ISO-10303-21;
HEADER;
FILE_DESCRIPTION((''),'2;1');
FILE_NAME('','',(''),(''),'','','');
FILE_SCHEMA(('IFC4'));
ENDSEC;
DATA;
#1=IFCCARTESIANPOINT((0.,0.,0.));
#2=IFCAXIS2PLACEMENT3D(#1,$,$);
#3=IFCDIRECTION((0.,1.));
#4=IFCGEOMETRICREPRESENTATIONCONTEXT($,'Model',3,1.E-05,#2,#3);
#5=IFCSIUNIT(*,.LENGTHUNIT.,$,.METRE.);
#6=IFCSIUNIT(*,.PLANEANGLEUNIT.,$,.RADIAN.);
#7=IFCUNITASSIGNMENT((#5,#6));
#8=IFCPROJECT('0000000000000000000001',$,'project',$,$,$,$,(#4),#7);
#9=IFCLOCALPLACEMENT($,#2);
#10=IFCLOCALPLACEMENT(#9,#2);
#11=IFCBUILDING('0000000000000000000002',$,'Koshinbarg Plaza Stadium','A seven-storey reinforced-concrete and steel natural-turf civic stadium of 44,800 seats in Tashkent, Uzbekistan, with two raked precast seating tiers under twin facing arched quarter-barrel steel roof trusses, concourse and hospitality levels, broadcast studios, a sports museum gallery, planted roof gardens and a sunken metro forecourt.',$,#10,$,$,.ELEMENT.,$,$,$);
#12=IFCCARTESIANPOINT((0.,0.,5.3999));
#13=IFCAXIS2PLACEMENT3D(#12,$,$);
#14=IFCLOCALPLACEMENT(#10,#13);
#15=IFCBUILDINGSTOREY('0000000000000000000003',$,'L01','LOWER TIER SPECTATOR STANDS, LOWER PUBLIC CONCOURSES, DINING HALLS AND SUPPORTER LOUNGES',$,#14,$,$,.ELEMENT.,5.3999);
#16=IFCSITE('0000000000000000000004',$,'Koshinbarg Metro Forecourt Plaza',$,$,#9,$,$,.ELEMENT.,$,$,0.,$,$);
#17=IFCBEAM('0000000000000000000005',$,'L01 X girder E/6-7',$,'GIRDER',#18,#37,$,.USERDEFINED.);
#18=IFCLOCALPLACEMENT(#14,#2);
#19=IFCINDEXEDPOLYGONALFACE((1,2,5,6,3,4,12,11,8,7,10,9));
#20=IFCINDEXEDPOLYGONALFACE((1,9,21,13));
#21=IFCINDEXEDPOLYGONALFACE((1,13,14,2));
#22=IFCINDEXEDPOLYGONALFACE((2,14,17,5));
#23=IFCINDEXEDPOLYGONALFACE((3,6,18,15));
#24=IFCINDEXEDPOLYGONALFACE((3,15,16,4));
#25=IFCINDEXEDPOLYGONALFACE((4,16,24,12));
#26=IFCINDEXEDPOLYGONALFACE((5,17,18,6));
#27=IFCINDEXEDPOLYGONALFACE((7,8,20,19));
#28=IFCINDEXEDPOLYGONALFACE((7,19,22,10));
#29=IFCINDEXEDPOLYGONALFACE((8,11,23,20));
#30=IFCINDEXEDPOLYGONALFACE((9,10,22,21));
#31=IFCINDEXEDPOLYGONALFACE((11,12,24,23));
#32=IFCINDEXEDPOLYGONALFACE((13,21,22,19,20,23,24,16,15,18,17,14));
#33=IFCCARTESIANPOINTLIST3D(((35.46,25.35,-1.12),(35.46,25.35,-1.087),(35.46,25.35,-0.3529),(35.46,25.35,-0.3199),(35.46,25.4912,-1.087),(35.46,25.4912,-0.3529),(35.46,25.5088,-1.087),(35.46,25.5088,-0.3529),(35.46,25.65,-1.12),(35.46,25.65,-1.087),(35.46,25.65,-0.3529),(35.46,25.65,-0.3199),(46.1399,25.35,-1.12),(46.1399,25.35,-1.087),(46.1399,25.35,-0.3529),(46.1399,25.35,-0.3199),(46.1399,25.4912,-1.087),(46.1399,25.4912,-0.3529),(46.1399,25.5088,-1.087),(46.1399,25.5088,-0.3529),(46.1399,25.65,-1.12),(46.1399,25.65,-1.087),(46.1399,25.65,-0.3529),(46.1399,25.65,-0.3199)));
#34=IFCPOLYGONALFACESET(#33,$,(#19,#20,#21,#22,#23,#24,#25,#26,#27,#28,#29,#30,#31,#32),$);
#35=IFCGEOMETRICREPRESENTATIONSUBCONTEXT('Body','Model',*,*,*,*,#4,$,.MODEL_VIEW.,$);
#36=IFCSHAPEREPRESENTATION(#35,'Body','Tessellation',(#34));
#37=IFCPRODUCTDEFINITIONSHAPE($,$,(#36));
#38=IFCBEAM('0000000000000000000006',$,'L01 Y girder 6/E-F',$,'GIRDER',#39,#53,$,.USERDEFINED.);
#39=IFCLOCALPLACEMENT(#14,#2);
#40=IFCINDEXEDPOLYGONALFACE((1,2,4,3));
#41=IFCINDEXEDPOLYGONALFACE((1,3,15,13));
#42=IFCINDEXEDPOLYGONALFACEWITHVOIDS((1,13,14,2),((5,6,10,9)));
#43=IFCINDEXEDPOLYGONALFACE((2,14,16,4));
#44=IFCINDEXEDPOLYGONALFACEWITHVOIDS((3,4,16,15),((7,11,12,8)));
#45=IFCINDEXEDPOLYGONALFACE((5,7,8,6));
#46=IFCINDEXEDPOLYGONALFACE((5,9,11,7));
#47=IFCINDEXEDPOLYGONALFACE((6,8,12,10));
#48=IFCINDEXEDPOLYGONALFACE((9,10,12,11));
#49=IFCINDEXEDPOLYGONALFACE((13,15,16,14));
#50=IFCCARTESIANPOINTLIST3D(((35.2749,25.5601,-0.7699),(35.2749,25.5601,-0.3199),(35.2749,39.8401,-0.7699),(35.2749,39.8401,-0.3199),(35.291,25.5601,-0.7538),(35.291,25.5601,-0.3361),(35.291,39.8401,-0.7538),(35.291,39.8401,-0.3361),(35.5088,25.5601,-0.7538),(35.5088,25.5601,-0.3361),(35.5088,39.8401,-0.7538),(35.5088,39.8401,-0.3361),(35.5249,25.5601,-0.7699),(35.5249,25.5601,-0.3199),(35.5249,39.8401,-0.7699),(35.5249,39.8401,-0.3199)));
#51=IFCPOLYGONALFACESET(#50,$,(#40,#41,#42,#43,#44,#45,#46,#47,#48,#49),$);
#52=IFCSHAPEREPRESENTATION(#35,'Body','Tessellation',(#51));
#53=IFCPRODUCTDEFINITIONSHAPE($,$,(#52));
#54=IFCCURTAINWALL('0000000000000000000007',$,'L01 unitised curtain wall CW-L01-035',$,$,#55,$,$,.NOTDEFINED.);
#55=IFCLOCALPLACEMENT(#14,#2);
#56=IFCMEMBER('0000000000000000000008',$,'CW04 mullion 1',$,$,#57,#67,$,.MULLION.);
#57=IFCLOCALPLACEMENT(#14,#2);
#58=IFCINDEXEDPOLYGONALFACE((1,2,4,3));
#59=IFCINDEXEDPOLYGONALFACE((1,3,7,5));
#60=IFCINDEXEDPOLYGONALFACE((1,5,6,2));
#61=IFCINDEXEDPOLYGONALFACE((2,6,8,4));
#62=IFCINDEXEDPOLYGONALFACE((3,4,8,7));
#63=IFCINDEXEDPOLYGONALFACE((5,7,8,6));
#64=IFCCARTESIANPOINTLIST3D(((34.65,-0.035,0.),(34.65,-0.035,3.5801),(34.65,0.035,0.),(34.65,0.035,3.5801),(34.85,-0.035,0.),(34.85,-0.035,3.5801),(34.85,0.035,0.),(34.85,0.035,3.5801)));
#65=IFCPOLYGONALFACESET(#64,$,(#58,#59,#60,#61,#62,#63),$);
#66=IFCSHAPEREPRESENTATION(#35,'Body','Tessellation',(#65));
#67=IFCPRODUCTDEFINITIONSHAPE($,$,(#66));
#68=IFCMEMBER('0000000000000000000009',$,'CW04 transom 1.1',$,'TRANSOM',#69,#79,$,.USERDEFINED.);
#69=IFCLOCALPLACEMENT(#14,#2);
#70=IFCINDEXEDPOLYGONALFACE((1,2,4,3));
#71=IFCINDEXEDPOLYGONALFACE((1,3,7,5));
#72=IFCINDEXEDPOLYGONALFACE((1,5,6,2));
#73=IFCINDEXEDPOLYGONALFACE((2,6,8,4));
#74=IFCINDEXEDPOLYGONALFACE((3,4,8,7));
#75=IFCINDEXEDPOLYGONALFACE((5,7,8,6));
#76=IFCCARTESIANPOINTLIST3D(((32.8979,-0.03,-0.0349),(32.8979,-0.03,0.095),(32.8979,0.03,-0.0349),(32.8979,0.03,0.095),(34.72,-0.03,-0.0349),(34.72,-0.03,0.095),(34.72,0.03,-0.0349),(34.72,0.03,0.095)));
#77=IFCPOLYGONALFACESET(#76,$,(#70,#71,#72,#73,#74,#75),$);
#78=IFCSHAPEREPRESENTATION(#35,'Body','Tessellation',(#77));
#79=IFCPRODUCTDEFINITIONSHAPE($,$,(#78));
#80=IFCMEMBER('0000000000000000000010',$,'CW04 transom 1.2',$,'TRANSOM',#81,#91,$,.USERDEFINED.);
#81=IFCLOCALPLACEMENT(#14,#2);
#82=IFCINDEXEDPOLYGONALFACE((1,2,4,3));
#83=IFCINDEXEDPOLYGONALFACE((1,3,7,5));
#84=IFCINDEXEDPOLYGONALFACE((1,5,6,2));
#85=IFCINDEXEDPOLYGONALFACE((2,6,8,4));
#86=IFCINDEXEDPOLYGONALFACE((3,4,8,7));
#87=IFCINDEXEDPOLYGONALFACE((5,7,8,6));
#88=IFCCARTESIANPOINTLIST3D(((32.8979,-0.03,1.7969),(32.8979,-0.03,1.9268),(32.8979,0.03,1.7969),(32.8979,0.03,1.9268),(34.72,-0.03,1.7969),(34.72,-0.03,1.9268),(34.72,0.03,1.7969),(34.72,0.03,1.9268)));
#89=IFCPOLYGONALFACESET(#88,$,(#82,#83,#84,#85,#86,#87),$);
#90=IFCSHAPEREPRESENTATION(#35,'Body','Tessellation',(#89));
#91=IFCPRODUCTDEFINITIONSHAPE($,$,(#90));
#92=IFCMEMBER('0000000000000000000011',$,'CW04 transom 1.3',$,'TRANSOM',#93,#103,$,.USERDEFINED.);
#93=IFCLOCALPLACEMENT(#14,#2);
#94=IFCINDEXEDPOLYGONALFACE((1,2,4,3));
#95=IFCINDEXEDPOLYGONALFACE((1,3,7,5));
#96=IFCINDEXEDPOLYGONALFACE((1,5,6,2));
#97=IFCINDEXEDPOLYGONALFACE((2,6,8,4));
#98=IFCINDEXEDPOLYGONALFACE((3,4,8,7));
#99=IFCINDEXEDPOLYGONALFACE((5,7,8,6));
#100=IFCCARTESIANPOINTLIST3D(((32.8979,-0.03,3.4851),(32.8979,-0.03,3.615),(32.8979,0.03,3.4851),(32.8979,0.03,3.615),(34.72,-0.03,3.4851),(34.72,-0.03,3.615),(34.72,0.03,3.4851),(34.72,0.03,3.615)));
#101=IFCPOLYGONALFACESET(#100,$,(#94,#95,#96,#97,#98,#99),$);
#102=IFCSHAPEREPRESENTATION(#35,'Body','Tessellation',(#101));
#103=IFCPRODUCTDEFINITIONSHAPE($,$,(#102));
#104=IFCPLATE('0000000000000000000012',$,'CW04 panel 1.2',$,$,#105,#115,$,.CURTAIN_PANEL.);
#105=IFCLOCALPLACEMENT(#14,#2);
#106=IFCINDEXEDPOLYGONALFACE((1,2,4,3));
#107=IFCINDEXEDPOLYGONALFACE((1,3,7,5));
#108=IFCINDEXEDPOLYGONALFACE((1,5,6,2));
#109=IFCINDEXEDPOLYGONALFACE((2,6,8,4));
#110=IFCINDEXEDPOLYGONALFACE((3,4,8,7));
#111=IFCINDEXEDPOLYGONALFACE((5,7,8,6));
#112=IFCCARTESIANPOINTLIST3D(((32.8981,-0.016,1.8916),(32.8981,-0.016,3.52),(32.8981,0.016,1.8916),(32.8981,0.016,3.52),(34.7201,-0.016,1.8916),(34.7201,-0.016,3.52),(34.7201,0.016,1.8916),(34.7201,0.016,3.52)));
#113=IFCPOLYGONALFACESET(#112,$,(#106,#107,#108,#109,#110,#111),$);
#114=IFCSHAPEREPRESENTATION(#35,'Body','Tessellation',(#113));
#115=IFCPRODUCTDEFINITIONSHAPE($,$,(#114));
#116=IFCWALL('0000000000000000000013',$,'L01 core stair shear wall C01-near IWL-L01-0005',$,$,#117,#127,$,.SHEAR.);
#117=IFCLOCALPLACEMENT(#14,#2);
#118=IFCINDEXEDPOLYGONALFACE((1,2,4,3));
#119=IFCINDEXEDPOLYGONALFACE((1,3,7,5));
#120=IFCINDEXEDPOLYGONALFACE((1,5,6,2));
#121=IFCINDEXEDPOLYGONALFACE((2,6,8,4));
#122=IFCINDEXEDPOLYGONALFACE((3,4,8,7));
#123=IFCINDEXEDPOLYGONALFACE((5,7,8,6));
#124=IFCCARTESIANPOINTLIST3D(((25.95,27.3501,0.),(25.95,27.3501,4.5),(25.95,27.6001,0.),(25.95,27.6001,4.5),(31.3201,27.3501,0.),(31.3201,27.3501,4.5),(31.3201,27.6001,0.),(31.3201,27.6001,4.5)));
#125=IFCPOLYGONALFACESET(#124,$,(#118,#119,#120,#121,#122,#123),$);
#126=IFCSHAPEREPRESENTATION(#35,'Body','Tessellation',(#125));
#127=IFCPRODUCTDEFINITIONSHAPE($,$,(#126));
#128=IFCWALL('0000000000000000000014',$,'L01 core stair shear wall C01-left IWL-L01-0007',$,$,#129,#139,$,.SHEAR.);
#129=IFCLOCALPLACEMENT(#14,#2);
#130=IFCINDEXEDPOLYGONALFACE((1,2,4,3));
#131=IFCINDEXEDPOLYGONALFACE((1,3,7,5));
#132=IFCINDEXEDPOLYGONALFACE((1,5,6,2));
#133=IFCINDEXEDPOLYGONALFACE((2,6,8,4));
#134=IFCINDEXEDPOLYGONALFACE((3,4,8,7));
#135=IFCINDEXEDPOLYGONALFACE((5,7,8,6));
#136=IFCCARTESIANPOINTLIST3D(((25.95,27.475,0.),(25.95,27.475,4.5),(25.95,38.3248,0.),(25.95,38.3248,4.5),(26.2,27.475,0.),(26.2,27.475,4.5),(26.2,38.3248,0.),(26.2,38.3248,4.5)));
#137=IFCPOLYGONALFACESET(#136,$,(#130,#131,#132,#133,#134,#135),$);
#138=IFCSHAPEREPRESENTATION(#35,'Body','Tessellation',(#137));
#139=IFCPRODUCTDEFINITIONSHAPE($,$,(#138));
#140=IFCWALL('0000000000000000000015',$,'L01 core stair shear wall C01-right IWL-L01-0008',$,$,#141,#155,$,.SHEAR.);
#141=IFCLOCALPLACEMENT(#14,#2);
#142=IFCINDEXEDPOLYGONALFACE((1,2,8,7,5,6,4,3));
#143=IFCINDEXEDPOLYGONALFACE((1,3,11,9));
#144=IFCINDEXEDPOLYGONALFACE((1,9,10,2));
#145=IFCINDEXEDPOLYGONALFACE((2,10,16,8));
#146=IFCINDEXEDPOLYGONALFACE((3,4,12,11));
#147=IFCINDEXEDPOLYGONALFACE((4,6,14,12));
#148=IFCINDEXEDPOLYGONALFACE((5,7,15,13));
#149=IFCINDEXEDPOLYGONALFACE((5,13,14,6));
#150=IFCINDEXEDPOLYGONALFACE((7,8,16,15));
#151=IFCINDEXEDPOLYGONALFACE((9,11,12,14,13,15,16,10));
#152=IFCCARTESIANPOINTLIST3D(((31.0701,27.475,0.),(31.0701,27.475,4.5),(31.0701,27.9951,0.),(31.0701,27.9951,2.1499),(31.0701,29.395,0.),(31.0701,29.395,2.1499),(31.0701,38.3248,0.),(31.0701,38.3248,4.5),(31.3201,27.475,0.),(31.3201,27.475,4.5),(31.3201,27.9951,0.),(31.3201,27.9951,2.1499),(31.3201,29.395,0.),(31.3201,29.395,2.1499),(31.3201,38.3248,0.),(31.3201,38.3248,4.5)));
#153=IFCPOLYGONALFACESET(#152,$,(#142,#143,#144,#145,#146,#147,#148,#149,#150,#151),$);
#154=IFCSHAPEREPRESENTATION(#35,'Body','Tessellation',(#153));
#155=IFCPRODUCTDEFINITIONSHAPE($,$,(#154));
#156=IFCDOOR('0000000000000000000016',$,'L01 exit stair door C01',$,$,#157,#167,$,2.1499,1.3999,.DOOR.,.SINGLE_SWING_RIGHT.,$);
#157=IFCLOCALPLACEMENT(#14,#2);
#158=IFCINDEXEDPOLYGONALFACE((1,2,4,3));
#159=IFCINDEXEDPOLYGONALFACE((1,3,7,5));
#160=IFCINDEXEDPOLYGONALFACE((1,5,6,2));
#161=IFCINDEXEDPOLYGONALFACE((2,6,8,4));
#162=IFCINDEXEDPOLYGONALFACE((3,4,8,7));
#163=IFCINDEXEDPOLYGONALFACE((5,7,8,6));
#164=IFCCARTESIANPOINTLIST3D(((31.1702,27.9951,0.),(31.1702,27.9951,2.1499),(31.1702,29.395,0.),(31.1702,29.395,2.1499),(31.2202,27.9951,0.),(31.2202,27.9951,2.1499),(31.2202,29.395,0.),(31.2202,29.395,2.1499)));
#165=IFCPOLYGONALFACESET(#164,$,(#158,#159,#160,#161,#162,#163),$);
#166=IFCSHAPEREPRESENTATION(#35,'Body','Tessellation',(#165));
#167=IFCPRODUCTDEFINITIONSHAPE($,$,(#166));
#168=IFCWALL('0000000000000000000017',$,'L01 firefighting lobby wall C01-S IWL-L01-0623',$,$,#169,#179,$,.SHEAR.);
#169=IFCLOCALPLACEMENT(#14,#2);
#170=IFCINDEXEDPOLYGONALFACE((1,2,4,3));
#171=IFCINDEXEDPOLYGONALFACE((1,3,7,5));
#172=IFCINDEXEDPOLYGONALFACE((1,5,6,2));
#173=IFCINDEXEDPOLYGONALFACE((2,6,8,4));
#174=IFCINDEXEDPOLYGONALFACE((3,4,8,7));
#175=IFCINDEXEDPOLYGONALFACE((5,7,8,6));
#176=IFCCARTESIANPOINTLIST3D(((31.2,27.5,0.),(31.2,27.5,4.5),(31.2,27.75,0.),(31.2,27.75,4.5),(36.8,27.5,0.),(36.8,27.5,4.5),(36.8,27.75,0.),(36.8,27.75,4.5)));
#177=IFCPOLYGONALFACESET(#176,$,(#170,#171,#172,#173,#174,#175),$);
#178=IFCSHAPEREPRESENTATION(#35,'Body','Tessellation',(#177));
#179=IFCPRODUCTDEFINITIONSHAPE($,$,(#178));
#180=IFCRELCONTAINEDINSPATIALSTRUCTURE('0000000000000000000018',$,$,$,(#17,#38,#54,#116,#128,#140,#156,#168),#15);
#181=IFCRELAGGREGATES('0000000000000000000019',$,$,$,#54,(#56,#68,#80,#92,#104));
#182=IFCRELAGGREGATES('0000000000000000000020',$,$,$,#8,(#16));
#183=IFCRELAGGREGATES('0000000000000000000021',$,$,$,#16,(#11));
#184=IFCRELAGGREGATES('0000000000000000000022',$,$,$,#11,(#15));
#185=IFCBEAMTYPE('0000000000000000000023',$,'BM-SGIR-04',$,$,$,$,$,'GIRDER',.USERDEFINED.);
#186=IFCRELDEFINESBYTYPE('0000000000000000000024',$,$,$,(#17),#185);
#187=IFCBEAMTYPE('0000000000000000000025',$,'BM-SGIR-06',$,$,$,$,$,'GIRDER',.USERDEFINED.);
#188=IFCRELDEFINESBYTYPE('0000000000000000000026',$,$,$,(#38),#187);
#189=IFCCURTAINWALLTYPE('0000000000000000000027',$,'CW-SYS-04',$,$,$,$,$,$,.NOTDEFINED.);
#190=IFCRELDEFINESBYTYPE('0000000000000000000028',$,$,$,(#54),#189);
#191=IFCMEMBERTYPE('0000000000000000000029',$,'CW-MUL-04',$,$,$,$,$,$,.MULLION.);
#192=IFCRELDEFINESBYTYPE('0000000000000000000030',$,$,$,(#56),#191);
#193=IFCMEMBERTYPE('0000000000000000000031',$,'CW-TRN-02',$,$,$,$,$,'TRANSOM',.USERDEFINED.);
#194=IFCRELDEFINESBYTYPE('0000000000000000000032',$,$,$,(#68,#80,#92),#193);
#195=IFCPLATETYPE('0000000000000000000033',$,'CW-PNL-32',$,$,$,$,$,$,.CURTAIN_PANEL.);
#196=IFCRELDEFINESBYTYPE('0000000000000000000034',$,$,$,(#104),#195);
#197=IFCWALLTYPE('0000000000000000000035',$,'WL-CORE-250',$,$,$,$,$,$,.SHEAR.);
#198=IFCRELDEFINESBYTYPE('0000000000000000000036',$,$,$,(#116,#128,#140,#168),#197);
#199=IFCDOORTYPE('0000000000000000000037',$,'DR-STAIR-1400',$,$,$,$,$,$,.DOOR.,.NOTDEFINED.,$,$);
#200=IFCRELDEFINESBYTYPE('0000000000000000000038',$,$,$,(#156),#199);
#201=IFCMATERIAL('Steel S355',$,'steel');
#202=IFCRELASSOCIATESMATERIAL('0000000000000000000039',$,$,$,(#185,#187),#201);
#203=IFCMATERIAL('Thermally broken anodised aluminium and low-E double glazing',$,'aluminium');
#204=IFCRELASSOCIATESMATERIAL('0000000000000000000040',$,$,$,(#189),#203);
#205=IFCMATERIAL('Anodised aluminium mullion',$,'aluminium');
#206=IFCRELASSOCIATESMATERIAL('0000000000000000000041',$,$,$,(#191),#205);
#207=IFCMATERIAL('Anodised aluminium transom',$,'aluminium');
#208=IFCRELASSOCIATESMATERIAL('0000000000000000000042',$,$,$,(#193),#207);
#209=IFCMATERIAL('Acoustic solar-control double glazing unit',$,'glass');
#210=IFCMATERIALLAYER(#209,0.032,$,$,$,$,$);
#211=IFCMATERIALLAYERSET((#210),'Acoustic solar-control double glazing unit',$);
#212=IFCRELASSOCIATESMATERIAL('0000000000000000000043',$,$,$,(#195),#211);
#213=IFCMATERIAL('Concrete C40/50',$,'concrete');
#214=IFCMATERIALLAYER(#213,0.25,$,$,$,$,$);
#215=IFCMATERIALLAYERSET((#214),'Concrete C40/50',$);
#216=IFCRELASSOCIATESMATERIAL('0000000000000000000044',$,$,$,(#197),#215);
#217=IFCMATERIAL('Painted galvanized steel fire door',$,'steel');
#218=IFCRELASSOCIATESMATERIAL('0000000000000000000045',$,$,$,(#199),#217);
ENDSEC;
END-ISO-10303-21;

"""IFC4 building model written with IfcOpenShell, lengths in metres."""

from ifc_helpers import new_model, si_unit, direction, frame, frame_2d, origin, origin_2d, place, context, subcontext, project, spatial, rectangle, hollow_rectangle, i_section, extrude, material, layer, layer_set, material_profile, profile_set, type_object, element, fill, aggregate, save


model = new_model("IFC4")

# Units and contexts
model_context = context("Model", 3, precision=1e-05, world=origin(), true_north=direction((0.0, 1.0)))
body_context = subcontext(model_context, "Body", "Model", "MODEL_VIEW")
ifc_project = project(units=[si_unit("LENGTHUNIT", "METRE"), si_unit("PLANEANGLEUNIT", "RADIAN")], contexts=[model_context])

# Site, building, storey
site_placement = place(None, origin())
site = spatial("IfcSite", under=ifc_project, at=site_placement, Name="Koshinbarg Metro Forecourt Plaza", CompositionType="ELEMENT", RefElevation=0.0)
building_placement = place(site_placement, origin())
building = spatial("IfcBuilding", under=site, at=building_placement, Name="Koshinbarg Plaza Stadium", Description="A seven-storey reinforced-concrete and steel natural-turf civic stadium of 44,800 seats in Tashkent, Uzbekistan, with two raked precast seating tiers under twin facing arched quarter-barrel steel roof trusses, concourse and hospitality levels, broadcast studios, a sports museum gallery, planted roof gardens and a sunken metro forecourt.", CompositionType="ELEMENT")
storey_placement = place(building_placement, frame((0.0, 0.0, 5.3999)))
storey = spatial("IfcBuildingStorey", under=building, at=storey_placement, Name="L01", Description="LOWER TIER SPECTATOR STANDS, LOWER PUBLIC CONCOURSES, DINING HALLS AND SUPPORTER LOUNGES", CompositionType="ELEMENT", Elevation=5.3999)

# Shared definitions
ifc_material_1 = material(Name="Concrete C40/50", Category="concrete")

# Beams
ifc_material_2 = material(Name="Steel S355", Category="steel")
ifc_material_profile_1 = material_profile(ifc_material_2, i_section(OverallWidth=0.3, OverallDepth=0.8, WebThickness=0.0176, FlangeThickness=0.033, at=origin_2d()), Name="HEB 800")
ifc_profile_set_1 = profile_set([ifc_material_profile_1], Name="Steel S355")
beam_type_1 = type_object("IfcBeamType", Name="BM-SGIR-04", ElementType="GIRDER", PredefinedType="USERDEFINED", material=ifc_profile_set_1)
for number, where, z_axis, x_axis, name in (
    (1, (35.46, 25.5, -0.72), (1.0, 0.0, 0.0), (0.0, 1.0, 0.0), "L01 X girder E/6-7"),
):
    element("IfcBeam", number, at=place(storey_placement, frame(where, z_axis=z_axis, x_axis=x_axis)), inside=storey, type_object=beam_type_1, Name=name, ObjectType="GIRDER", PredefinedType="USERDEFINED", context=body_context, shape_type="SweptSolid", body=[
        extrude(i_section(OverallWidth=0.3, OverallDepth=0.8, WebThickness=0.0176, FlangeThickness=0.033, at=origin_2d()), origin(), (0.0, 0.0, 1.0), 10.6799),
    ])
ifc_material_profile_2 = material_profile(ifc_material_2, hollow_rectangle(XDim=0.25, YDim=0.45, WallThickness=0.0161, at=origin_2d()), Name="RHS 450x250x16")
ifc_profile_set_2 = profile_set([ifc_material_profile_2], Name="Steel S355")
beam_type_2 = type_object("IfcBeamType", Name="BM-SGIR-06", ElementType="GIRDER", PredefinedType="USERDEFINED", material=ifc_profile_set_2)
beam_1_placement = place(storey_placement, frame((35.3999, 25.5601, -0.5449), z_axis=(0.0, 1.0, 0.0), x_axis=(-1.0, 0.0, 0.0)))
element("IfcBeam", 2, at=beam_1_placement, inside=storey, type_object=beam_type_2, Name="L01 Y girder 6/E-F", ObjectType="GIRDER", PredefinedType="USERDEFINED", context=body_context, shape_type="SweptSolid", body=[
    extrude(hollow_rectangle(XDim=0.25, YDim=0.45, WallThickness=0.0161, at=origin_2d()), origin(), (0.0, 0.0, 1.0), 14.28),
])

# Curtain wall, members, plate
ifc_material_3 = material(Name="Thermally broken anodised aluminium and low-E double glazing", Category="aluminium")
curtain_wall_type = type_object("IfcCurtainWallType", Name="CW-SYS-04", PredefinedType="NOTDEFINED", material=ifc_material_3)
curtain_wall_placement = place(storey_placement, origin())
curtain_wall = element("IfcCurtainWall", 3, at=curtain_wall_placement, inside=storey, type_object=curtain_wall_type, Name="L01 unitised curtain wall CW-L01-035", PredefinedType="NOTDEFINED")
ifc_material_4 = material(Name="Anodised aluminium mullion", Category="aluminium")
ifc_material_profile_3 = material_profile(ifc_material_4, rectangle(XDim=0.0701, YDim=0.2, at=origin_2d()), Name="ALU 70x200")
ifc_profile_set_3 = profile_set([ifc_material_profile_3], Name="Anodised aluminium mullion")
member_type_1 = type_object("IfcMemberType", Name="CW-MUL-04", PredefinedType="MULLION", material=ifc_profile_set_3)
member_1_placement = place(storey_placement, frame((34.75, 0.0, 0.0), z_axis=(0.0, 0.0, 1.0), x_axis=(0.0, -1.0, 0.0)))
member_1 = element("IfcMember", 4, at=member_1_placement, type_object=member_type_1, Name="CW04 mullion 1", PredefinedType="MULLION", context=body_context, shape_type="SweptSolid", body=[
    extrude(rectangle(XDim=0.0701, YDim=0.2, at=origin_2d()), origin(), (0.0, 0.0, 1.0), 3.5801),
])
ifc_material_5 = material(Name="Anodised aluminium transom", Category="aluminium")
ifc_material_profile_4 = material_profile(ifc_material_5, rectangle(XDim=0.0601, YDim=0.1299, at=origin_2d()), Name="ALU 60x130")
ifc_profile_set_4 = profile_set([ifc_material_profile_4], Name="Anodised aluminium transom")
member_type_2 = type_object("IfcMemberType", Name="CW-TRN-02", ElementType="TRANSOM", PredefinedType="USERDEFINED", material=ifc_profile_set_4)
member_2_placement = place(storey_placement, frame((34.72, 0.0, 0.03), z_axis=(-1.0, 0.0, 0.0), x_axis=(0.0, -1.0, 0.0)))
member_2 = element("IfcMember", 5, at=member_2_placement, type_object=member_type_2, Name="CW04 transom 1.1", ObjectType="TRANSOM", PredefinedType="USERDEFINED", context=body_context, shape_type="SweptSolid", body=[
    extrude(rectangle(XDim=0.0601, YDim=0.1299, at=origin_2d()), origin(), (0.0, 0.0, 1.0), 1.822),
])
member_3_placement = place(storey_placement, frame((34.72, 0.0, 1.8618), z_axis=(-1.0, 0.0, 0.0), x_axis=(0.0, -1.0, 0.0)))
member_3 = element("IfcMember", 6, at=member_3_placement, type_object=member_type_2, Name="CW04 transom 1.2", ObjectType="TRANSOM", PredefinedType="USERDEFINED", context=body_context, shape_type="SweptSolid", body=[
    extrude(rectangle(XDim=0.0601, YDim=0.1299, at=origin_2d()), origin(), (0.0, 0.0, 1.0), 1.822),
])
member_4_placement = place(storey_placement, frame((34.72, 0.0, 3.55), z_axis=(-1.0, 0.0, 0.0), x_axis=(0.0, -1.0, 0.0)))
member_4 = element("IfcMember", 7, at=member_4_placement, type_object=member_type_2, Name="CW04 transom 1.3", ObjectType="TRANSOM", PredefinedType="USERDEFINED", context=body_context, shape_type="SweptSolid", body=[
    extrude(rectangle(XDim=0.0601, YDim=0.1299, at=origin_2d()), origin(), (0.0, 0.0, 1.0), 1.822),
])
ifc_material_6 = material(Name="Acoustic solar-control double glazing unit", Category="glass")
ifc_layer_1 = layer(ifc_material_6, 0.032)
ifc_layer_set_1 = layer_set([ifc_layer_1], Name="Acoustic solar-control double glazing unit")
plate_type = type_object("IfcPlateType", Name="CW-PNL-32", PredefinedType="CURTAIN_PANEL", material=ifc_layer_set_1)
plate_placement = place(storey_placement, frame((33.8091, 0.0, 1.8916), z_axis=(0.0, 0.0, 1.0), x_axis=(-1.0, 0.0, 0.0)))
plate = element("IfcPlate", 8, at=plate_placement, type_object=plate_type, Name="CW04 panel 1.2", PredefinedType="CURTAIN_PANEL", context=body_context, shape_type="SweptSolid", body=[
    extrude(rectangle(XDim=1.822, YDim=0.032, at=origin_2d()), origin(), (0.0, 0.0, 1.0), 1.6284),
])
aggregate(curtain_wall, [member_1, member_2, member_3, member_4, plate])

# Walls
ifc_layer_2 = layer(ifc_material_1, 0.25)
ifc_layer_set_2 = layer_set([ifc_layer_2], Name="Concrete C40/50")
wall_type_1 = type_object("IfcWallType", Name="WL-CORE-250", PredefinedType="SHEAR", material=ifc_layer_set_2)
wall_1_placement = place(storey_placement, frame((25.95, 27.4751, 0.0), z_axis=(0.0, 0.0, 1.0), x_axis=(1.0, 0.0, 0.0)))
element("IfcWall", 9, at=wall_1_placement, inside=storey, type_object=wall_type_1, Name="L01 core stair shear wall C01-near IWL-L01-0005", PredefinedType="SHEAR", context=body_context, shape_type="SweptSolid", body=[
    extrude(rectangle(XDim=5.3701, YDim=0.25, at=frame_2d((2.6851, 0.0))), origin(), (0.0, 0.0, 1.0), 4.5),
])
wall_2_placement = place(storey_placement, frame((26.075, 27.4751, 0.0), z_axis=(0.0, 0.0, 1.0), x_axis=(0.0, 1.0, 0.0)))
element("IfcWall", 10, at=wall_2_placement, inside=storey, type_object=wall_type_1, Name="L01 core stair shear wall C01-left IWL-L01-0007", PredefinedType="SHEAR", context=body_context, shape_type="SweptSolid", body=[
    extrude(rectangle(XDim=10.8499, YDim=0.25, at=frame_2d((5.4248, 0.0))), origin(), (0.0, 0.0, 1.0), 4.5),
])

# Wall, opening, door
wall_3_placement = place(storey_placement, frame((31.1951, 27.4751, 0.0), z_axis=(0.0, 0.0, 1.0), x_axis=(0.0, 1.0, 0.0)))
wall_3 = element("IfcWall", 11, at=wall_3_placement, inside=storey, type_object=wall_type_1, Name="L01 core stair shear wall C01-right IWL-L01-0008", PredefinedType="SHEAR", context=body_context, shape_type="SweptSolid", body=[
    extrude(rectangle(XDim=10.8499, YDim=0.25, at=frame_2d((5.4248, 0.0))), origin(), (0.0, 0.0, 1.0), 4.5),
])
opening_placement = place(wall_3_placement, frame((0.52, 0.0, 0.0)))
opening = element("IfcOpeningElement", 12, at=opening_placement, cuts=wall_3, PredefinedType="OPENING", context=body_context, shape_type="SweptSolid", body=[
    extrude(rectangle(XDim=1.3999, YDim=2.1499, at=frame_2d((0.7, 1.075))), frame((0.0, 0.135, 0.0), z_axis=(0.0, -1.0, 0.0), x_axis=(1.0, 0.0, 0.0)), (0.0, 0.0, 1.0), 0.27),
])
ifc_material_7 = material(Name="Painted galvanized steel fire door", Category="steel")
door_type = type_object("IfcDoorType", Name="DR-STAIR-1400", OperationType="NOTDEFINED", PredefinedType="DOOR", material=ifc_material_7)
door_placement = place(opening_placement, origin())
door = element("IfcDoor", 13, at=door_placement, inside=storey, type_object=door_type, Name="L01 exit stair door C01", OperationType="SINGLE_SWING_RIGHT", OverallHeight=2.1499, OverallWidth=1.3999, PredefinedType="DOOR", context=body_context, shape_type="SweptSolid", body=[
    extrude(rectangle(XDim=1.3999, YDim=2.1499, at=frame_2d((0.7, 1.075))), frame((0.0, 0.0249, 0.0), z_axis=(0.0, -1.0, 0.0), x_axis=(1.0, 0.0, 0.0)), (0.0, 0.0, 1.0), 0.05),
])
fill(opening, door)

# Wall
wall_4_placement = place(storey_placement, frame((31.2, 27.625, 0.0), z_axis=(0.0, 0.0, 1.0), x_axis=(1.0, 0.0, 0.0)))
element("IfcWall", 14, at=wall_4_placement, inside=storey, type_object=wall_type_1, Name="L01 firefighting lobby wall C01-S IWL-L01-0623", PredefinedType="SHEAR", context=body_context, shape_type="SweptSolid", body=[
    extrude(rectangle(XDim=5.6001, YDim=0.25, at=frame_2d((2.8, 0.0))), origin(), (0.0, 0.0, 1.0), 4.5),
])

save(model, "model.ifc")
